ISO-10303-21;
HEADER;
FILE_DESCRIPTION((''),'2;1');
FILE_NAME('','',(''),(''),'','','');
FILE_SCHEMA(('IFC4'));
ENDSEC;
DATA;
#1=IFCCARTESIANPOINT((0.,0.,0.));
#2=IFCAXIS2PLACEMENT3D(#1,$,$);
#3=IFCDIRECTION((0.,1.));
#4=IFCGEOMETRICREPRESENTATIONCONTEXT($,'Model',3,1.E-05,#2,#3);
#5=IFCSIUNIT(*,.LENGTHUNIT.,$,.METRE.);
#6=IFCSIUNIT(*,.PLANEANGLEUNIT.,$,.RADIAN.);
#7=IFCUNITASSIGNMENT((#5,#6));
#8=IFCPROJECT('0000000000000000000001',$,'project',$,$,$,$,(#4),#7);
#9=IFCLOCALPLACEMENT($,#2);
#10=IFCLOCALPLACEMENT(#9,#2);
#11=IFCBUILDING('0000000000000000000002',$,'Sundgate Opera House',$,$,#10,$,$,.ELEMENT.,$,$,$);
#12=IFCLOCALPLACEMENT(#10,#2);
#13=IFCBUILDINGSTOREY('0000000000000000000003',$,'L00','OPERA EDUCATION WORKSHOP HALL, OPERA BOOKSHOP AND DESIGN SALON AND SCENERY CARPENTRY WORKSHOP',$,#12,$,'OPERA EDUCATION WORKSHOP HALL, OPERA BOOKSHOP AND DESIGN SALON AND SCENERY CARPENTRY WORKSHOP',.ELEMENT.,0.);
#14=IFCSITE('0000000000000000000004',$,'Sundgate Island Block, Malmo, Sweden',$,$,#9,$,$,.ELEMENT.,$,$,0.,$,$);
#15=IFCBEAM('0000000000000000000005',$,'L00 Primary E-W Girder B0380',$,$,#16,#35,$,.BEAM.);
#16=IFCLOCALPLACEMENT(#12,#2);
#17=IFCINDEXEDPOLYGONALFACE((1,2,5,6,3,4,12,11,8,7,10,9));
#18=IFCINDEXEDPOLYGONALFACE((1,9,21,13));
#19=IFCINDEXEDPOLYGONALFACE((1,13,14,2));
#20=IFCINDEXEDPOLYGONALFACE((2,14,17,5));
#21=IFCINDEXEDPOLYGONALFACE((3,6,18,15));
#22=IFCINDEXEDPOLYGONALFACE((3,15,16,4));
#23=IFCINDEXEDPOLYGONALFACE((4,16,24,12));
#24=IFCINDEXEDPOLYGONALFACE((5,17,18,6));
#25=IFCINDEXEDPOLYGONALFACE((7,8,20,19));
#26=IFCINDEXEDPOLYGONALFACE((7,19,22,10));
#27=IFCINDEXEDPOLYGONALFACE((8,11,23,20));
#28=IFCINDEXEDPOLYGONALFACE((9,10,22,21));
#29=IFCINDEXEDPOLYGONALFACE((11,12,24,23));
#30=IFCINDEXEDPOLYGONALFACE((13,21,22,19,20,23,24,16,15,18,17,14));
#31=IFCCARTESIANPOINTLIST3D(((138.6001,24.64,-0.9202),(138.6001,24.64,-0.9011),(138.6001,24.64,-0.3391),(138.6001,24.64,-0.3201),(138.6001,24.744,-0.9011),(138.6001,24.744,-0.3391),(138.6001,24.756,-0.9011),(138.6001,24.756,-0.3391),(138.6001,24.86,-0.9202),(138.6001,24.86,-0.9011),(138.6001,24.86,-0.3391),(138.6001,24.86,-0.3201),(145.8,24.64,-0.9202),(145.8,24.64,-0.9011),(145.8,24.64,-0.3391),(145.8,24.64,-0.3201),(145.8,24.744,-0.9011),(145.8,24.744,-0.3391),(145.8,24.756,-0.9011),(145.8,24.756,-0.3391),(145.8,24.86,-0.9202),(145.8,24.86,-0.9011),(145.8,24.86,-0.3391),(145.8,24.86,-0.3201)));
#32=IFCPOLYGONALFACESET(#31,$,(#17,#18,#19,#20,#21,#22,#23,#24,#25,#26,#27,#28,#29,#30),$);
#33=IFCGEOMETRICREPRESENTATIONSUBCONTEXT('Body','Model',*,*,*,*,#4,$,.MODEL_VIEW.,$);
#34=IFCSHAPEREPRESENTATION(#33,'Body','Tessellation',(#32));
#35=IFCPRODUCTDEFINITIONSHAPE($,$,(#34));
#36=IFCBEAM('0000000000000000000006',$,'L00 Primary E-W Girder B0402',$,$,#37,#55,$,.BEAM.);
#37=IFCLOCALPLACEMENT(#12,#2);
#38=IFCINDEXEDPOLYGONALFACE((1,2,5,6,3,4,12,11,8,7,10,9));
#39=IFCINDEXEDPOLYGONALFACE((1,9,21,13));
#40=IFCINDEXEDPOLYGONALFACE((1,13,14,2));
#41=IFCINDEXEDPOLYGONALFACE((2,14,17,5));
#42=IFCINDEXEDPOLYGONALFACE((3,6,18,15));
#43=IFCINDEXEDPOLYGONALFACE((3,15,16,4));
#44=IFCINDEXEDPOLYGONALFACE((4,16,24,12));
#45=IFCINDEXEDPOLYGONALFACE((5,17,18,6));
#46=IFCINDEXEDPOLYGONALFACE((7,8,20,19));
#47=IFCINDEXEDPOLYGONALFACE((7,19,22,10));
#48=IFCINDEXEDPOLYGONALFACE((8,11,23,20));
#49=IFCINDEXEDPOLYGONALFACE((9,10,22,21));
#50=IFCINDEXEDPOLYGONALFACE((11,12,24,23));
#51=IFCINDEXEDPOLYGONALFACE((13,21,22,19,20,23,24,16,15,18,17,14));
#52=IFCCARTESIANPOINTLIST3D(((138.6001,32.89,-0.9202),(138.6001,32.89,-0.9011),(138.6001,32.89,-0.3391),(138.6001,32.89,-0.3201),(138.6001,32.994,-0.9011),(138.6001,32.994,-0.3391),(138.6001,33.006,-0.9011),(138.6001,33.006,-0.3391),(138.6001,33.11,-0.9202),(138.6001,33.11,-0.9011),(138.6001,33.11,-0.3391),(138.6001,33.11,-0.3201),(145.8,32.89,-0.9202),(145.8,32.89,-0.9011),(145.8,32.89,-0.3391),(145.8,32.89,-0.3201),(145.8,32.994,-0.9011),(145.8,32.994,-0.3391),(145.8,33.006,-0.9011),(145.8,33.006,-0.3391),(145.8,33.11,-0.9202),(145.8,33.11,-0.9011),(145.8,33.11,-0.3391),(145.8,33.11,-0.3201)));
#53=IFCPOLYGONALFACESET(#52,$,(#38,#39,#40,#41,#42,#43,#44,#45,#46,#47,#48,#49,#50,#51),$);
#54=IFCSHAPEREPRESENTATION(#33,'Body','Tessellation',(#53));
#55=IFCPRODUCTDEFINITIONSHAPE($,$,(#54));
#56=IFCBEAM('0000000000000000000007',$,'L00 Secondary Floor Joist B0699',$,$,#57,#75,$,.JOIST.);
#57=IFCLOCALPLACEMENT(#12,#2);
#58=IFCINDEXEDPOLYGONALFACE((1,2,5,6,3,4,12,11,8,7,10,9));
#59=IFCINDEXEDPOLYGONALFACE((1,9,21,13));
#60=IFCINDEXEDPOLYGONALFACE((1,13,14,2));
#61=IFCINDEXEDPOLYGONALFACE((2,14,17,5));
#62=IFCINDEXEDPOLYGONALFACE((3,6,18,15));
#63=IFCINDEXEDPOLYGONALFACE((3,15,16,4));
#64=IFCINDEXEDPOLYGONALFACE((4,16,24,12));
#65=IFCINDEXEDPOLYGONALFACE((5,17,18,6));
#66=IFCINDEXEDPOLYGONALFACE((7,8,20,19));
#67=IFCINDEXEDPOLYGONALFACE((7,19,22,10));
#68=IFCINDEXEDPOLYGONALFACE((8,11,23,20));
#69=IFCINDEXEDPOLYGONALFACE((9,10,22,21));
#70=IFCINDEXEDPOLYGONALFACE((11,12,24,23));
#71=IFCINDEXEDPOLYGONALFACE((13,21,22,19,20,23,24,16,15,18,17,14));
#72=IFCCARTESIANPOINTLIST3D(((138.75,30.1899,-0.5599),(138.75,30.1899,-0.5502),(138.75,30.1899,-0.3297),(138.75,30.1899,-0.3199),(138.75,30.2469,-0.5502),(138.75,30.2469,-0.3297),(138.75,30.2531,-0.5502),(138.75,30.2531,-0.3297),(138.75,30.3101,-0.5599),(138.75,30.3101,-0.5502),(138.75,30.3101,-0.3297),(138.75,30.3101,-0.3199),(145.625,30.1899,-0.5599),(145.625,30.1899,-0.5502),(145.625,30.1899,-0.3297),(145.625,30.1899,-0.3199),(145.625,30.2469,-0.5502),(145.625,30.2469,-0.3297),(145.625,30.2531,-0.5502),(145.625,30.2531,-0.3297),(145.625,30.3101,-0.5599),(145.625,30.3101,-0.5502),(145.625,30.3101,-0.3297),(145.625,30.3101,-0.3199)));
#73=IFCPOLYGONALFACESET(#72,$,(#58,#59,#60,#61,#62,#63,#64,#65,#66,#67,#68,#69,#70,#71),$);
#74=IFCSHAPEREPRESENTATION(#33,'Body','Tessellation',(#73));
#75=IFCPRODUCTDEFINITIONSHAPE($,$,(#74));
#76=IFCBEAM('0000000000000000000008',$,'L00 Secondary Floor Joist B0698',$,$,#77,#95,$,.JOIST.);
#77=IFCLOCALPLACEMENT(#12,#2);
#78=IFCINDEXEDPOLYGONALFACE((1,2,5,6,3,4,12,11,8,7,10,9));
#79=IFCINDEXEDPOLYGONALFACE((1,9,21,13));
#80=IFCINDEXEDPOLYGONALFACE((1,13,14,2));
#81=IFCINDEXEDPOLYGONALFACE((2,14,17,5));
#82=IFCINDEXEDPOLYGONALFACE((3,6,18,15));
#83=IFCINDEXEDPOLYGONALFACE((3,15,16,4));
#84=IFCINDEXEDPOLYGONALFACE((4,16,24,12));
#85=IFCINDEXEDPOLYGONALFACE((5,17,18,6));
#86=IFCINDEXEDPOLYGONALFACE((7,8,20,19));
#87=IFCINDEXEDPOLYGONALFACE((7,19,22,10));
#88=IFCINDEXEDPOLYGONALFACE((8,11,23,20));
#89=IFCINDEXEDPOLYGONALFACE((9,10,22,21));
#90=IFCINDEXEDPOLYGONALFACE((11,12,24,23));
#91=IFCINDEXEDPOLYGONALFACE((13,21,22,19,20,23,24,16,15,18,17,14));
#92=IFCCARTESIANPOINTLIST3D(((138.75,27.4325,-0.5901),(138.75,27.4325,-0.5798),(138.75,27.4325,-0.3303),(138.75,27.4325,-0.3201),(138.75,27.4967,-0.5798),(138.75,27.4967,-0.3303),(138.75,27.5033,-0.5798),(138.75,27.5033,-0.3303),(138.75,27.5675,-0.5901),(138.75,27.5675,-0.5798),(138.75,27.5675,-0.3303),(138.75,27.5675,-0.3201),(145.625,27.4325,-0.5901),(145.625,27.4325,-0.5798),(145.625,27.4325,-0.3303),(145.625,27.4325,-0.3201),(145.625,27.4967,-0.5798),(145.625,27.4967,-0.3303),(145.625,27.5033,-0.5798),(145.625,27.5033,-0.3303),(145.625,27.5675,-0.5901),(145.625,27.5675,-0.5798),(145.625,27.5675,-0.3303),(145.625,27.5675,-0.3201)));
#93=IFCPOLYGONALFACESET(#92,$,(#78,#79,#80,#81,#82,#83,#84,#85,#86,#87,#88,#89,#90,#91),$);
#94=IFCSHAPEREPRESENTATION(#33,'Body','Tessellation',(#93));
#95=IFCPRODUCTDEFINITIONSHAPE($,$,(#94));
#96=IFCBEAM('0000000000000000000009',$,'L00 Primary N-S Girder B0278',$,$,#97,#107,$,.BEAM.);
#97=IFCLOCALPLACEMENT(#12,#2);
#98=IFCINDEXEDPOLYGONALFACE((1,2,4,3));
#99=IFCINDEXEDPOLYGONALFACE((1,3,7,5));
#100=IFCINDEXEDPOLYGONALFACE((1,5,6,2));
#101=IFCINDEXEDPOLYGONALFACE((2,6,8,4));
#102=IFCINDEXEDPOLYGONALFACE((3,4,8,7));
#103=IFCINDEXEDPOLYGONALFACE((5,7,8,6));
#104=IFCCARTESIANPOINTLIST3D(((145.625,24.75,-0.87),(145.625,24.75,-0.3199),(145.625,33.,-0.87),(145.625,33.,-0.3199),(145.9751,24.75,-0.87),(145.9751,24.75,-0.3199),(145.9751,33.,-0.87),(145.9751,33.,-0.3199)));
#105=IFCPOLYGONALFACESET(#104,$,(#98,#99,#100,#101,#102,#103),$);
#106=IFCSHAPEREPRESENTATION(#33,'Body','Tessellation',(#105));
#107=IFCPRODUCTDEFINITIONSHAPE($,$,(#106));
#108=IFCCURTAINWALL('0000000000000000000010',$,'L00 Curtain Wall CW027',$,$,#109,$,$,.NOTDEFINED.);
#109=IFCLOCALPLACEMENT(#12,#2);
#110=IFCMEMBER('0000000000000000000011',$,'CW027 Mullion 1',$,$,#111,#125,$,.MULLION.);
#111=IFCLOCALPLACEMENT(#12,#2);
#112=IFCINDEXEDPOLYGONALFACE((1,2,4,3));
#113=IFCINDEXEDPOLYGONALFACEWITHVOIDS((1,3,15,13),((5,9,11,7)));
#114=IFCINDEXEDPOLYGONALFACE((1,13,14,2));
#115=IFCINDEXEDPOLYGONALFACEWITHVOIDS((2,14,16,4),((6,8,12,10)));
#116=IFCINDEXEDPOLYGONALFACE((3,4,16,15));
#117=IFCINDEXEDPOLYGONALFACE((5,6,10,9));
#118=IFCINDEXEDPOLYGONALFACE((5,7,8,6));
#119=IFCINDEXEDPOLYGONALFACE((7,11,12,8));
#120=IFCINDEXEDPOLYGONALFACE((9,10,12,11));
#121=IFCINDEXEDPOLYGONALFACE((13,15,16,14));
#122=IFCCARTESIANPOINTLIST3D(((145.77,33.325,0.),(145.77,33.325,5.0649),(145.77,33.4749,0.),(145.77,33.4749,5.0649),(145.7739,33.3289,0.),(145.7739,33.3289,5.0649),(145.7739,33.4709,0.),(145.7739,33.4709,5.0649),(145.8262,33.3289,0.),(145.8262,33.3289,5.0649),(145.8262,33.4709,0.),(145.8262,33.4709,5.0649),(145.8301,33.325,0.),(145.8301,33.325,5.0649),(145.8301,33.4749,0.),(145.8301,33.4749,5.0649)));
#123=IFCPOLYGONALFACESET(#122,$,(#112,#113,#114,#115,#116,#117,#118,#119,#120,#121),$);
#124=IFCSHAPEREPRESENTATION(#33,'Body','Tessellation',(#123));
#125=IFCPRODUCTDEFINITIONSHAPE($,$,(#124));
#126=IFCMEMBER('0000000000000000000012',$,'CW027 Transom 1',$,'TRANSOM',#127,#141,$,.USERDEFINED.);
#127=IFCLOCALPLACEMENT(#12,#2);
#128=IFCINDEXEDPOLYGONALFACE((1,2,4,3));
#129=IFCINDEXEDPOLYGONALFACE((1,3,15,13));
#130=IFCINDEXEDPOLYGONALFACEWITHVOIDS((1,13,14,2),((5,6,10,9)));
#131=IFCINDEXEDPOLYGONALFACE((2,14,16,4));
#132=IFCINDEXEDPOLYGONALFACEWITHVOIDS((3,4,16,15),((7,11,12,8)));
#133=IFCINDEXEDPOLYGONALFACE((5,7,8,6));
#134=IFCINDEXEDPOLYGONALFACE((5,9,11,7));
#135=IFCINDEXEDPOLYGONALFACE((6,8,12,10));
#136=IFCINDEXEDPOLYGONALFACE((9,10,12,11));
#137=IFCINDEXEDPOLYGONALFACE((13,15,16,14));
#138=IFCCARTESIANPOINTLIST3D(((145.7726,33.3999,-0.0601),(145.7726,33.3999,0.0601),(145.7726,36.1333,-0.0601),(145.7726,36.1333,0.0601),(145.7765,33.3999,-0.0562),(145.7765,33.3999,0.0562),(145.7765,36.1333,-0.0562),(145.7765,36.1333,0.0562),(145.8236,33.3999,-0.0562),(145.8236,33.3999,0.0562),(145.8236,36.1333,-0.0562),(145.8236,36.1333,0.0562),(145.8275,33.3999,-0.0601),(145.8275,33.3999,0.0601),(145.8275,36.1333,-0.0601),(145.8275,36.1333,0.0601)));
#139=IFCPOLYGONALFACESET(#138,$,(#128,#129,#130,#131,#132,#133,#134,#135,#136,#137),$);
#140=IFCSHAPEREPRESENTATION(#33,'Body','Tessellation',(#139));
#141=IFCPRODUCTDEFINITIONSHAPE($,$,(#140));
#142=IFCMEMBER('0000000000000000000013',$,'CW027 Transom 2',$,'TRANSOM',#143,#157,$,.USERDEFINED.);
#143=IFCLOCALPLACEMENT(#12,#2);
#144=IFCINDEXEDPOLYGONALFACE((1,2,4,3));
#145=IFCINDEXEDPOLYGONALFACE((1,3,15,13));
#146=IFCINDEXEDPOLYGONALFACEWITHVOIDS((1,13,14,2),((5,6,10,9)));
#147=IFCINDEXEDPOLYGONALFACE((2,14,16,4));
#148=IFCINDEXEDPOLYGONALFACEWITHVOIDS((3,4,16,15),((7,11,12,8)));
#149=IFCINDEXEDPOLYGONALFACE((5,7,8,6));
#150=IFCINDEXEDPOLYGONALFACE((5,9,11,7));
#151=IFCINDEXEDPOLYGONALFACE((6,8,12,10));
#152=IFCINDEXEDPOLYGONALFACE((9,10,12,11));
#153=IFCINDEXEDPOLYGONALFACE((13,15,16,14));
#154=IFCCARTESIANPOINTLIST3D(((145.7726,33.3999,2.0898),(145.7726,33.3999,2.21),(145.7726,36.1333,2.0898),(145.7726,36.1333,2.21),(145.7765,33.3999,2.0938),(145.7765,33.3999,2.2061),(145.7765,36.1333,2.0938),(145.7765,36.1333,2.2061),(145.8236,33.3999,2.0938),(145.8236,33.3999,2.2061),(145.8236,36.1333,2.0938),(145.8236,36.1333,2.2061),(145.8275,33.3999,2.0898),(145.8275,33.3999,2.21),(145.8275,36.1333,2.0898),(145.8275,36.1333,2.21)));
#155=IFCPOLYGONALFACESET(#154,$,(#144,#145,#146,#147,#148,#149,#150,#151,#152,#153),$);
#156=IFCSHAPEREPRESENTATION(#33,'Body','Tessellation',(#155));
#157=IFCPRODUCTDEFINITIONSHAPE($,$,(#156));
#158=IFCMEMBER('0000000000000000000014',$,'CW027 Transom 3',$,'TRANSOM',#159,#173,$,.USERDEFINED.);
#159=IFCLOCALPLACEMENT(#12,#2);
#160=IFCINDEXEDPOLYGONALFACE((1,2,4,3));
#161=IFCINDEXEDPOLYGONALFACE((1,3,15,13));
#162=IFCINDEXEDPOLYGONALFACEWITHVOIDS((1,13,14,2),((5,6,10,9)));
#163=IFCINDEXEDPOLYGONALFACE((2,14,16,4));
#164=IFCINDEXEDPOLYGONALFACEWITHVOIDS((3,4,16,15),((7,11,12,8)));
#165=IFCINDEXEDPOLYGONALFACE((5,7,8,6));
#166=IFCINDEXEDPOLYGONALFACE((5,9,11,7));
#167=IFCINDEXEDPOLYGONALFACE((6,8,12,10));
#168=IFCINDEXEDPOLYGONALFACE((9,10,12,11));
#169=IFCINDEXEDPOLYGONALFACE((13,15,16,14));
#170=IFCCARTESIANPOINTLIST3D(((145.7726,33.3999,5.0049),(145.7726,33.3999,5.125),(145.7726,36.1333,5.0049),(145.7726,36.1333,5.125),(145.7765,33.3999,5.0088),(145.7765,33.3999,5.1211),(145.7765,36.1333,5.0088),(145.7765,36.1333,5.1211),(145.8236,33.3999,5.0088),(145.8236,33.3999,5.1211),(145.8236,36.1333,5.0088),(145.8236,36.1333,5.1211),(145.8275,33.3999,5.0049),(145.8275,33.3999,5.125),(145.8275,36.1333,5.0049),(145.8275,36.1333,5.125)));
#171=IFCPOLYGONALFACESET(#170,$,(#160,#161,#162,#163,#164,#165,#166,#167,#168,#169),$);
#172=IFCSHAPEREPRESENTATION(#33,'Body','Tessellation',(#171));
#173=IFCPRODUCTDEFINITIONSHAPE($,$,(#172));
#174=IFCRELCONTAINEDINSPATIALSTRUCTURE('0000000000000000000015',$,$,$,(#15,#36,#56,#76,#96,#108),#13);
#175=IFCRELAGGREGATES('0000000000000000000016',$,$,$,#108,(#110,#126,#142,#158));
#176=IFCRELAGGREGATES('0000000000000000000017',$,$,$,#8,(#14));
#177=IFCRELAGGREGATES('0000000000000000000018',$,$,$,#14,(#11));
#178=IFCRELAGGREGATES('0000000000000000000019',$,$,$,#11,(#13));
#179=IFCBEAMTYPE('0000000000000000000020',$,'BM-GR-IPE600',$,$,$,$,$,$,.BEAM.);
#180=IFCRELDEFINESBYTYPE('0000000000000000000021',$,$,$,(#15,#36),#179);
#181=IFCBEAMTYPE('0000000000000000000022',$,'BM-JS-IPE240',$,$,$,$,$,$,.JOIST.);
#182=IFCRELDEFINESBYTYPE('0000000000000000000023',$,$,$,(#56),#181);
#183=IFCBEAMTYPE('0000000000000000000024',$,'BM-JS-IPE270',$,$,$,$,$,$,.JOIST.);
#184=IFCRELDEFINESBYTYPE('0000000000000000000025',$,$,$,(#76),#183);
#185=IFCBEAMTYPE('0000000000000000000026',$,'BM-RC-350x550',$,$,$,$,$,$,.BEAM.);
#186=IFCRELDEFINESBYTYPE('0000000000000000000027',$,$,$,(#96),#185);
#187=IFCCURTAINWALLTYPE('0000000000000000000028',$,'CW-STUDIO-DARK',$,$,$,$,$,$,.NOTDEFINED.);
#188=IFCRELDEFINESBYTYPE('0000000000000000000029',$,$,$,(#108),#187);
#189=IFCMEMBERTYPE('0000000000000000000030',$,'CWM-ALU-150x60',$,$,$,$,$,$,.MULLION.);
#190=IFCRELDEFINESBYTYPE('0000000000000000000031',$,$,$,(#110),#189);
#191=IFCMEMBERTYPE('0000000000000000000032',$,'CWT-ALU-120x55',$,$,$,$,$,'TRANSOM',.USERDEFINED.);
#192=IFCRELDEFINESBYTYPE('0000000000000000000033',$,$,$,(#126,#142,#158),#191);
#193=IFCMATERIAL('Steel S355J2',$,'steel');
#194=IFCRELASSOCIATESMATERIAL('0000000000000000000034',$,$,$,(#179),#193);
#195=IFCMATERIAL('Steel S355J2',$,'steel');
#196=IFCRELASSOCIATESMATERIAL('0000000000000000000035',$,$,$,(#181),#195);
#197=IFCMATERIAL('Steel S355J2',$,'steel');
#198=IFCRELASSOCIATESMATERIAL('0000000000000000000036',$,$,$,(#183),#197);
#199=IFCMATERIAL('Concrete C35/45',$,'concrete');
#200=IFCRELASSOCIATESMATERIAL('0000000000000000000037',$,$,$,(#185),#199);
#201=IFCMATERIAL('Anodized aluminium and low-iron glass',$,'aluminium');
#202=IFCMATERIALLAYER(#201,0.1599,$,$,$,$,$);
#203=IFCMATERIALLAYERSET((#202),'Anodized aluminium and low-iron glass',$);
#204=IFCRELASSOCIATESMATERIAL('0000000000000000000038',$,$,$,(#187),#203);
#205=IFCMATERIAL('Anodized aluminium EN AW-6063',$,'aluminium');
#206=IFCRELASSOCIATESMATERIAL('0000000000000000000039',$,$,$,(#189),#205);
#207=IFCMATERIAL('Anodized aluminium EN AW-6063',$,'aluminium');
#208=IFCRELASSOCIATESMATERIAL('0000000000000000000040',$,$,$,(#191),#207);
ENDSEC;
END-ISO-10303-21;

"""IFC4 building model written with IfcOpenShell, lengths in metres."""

from ifc_helpers import new_model, si_unit, direction, frame, origin, origin_2d, place, context, subcontext, project, spatial, rectangle, hollow_rectangle, i_section, extrude, material, layer, layer_set, material_profile, profile_set, type_object, element, aggregate, save


model = new_model("IFC4")

# Units and contexts
model_context = context("Model", 3, precision=1e-05, world=origin(), true_north=direction((0.0, 1.0)))
body_context = subcontext(model_context, "Body", "Model", "MODEL_VIEW")
ifc_project = project(units=[si_unit("LENGTHUNIT", "METRE"), si_unit("PLANEANGLEUNIT", "RADIAN")], contexts=[model_context])

# Site, building, storey
site_placement = place(None, origin())
site = spatial("IfcSite", under=ifc_project, at=site_placement, Name="Sundgate Island Block, Malmo, Sweden", CompositionType="ELEMENT", RefElevation=0.0)
building_placement = place(site_placement, origin())
building = spatial("IfcBuilding", under=site, at=building_placement, Name="Sundgate Opera House", CompositionType="ELEMENT")
storey_placement = place(building_placement, origin())
storey = spatial("IfcBuildingStorey", under=building, at=storey_placement, Name="L00", Description="OPERA EDUCATION WORKSHOP HALL, OPERA BOOKSHOP AND DESIGN SALON AND SCENERY CARPENTRY WORKSHOP", LongName="OPERA EDUCATION WORKSHOP HALL, OPERA BOOKSHOP AND DESIGN SALON AND SCENERY CARPENTRY WORKSHOP", CompositionType="ELEMENT", Elevation=0.0)

# Beams
ifc_material_1 = material(Name="Steel S355J2", Category="steel")
ifc_material_profile_1 = material_profile(ifc_material_1, i_section(OverallWidth=0.22, OverallDepth=0.6001, WebThickness=0.012, FlangeThickness=0.019, at=origin_2d()), Name="IPE 600")
ifc_profile_set_1 = profile_set([ifc_material_profile_1], Name="Steel S355J2")
beam_type_1 = type_object("IfcBeamType", Name="BM-GR-IPE600", PredefinedType="BEAM", material=ifc_profile_set_1)
for number, where, z_axis, x_axis, name in (
    (1, (138.6001, 24.75, -0.6201), (1.0, 0.0, 0.0), (0.0, 1.0, 0.0), "L00 Primary E-W Girder B0380"),
    (2, (138.6001, 33.0, -0.6201), (1.0, 0.0, 0.0), (0.0, 1.0, 0.0), "L00 Primary E-W Girder B0402"),
):
    element("IfcBeam", number, at=place(storey_placement, frame(where, z_axis=z_axis, x_axis=x_axis)), inside=storey, type_object=beam_type_1, Name=name, PredefinedType="BEAM", context=body_context, shape_type="SweptSolid", body=[
        extrude(i_section(OverallWidth=0.22, OverallDepth=0.6001, WebThickness=0.012, FlangeThickness=0.019, at=origin_2d()), origin(), (0.0, 0.0, 1.0), 7.2),
    ])
ifc_material_2 = material(Name="Steel S355J2", Category="steel")
ifc_material_profile_2 = material_profile(ifc_material_2, i_section(OverallWidth=0.1201, OverallDepth=0.24, WebThickness=0.0061, FlangeThickness=0.0098, at=origin_2d()), Name="IPE 240")
ifc_profile_set_2 = profile_set([ifc_material_profile_2], Name="Steel S355J2")
beam_type_2 = type_object("IfcBeamType", Name="BM-JS-IPE240", PredefinedType="JOIST", material=ifc_profile_set_2)
beam_1_placement = place(storey_placement, frame((138.75, 30.25, -0.4399), z_axis=(1.0, 0.0, 0.0), x_axis=(0.0, 1.0, 0.0)))
element("IfcBeam", 3, at=beam_1_placement, inside=storey, type_object=beam_type_2, Name="L00 Secondary Floor Joist B0699", PredefinedType="JOIST", context=body_context, shape_type="SweptSolid", body=[
    extrude(i_section(OverallWidth=0.1201, OverallDepth=0.24, WebThickness=0.0061, FlangeThickness=0.0098, at=origin_2d()), origin(), (0.0, 0.0, 1.0), 6.875),
])
ifc_material_3 = material(Name="Steel S355J2", Category="steel")
ifc_material_profile_3 = material_profile(ifc_material_3, i_section(OverallWidth=0.135, OverallDepth=0.27, WebThickness=0.0066, FlangeThickness=0.0103, at=origin_2d()), Name="IPE 270")
ifc_profile_set_3 = profile_set([ifc_material_profile_3], Name="Steel S355J2")
beam_type_3 = type_object("IfcBeamType", Name="BM-JS-IPE270", PredefinedType="JOIST", material=ifc_profile_set_3)
beam_2_placement = place(storey_placement, frame((138.75, 27.5, -0.4551), z_axis=(1.0, 0.0, 0.0), x_axis=(0.0, 1.0, 0.0)))
element("IfcBeam", 4, at=beam_2_placement, inside=storey, type_object=beam_type_3, Name="L00 Secondary Floor Joist B0698", PredefinedType="JOIST", context=body_context, shape_type="SweptSolid", body=[
    extrude(i_section(OverallWidth=0.135, OverallDepth=0.27, WebThickness=0.0066, FlangeThickness=0.0103, at=origin_2d()), origin(), (0.0, 0.0, 1.0), 6.875),
])
ifc_material_4 = material(Name="Concrete C35/45", Category="concrete")
ifc_material_profile_4 = material_profile(ifc_material_4, rectangle(XDim=0.3501, YDim=0.55, at=origin_2d()), Name="RC 350x550")
ifc_profile_set_4 = profile_set([ifc_material_profile_4], Name="Concrete C35/45")
beam_type_4 = type_object("IfcBeamType", Name="BM-RC-350x550", PredefinedType="BEAM", material=ifc_profile_set_4)
beam_3_placement = place(storey_placement, frame((145.8, 24.75, -0.595), z_axis=(0.0, 1.0, 0.0), x_axis=(-1.0, 0.0, 0.0)))
element("IfcBeam", 5, at=beam_3_placement, inside=storey, type_object=beam_type_4, Name="L00 Primary N-S Girder B0278", PredefinedType="BEAM", context=body_context, shape_type="SweptSolid", body=[
    extrude(rectangle(XDim=0.3501, YDim=0.55, at=origin_2d()), origin(), (0.0, 0.0, 1.0), 8.25),
])

# Curtain wall, members
ifc_material_5 = material(Name="Anodized aluminium and low-iron glass", Category="aluminium")
ifc_layer_1 = layer(ifc_material_5, 0.1599)
ifc_layer_set_1 = layer_set([ifc_layer_1], Name="Anodized aluminium and low-iron glass")
curtain_wall_type = type_object("IfcCurtainWallType", Name="CW-STUDIO-DARK", PredefinedType="NOTDEFINED", material=ifc_layer_set_1)
curtain_wall_placement = place(storey_placement, origin())
curtain_wall = element("IfcCurtainWall", 6, at=curtain_wall_placement, inside=storey, type_object=curtain_wall_type, Name="L00 Curtain Wall CW027", PredefinedType="NOTDEFINED")
ifc_material_6 = material(Name="Anodized aluminium EN AW-6063", Category="aluminium")
ifc_material_profile_5 = material_profile(ifc_material_6, hollow_rectangle(XDim=0.0601, YDim=0.1499, WallThickness=0.0039, at=origin_2d()), Name="CWM 150x60x4")
ifc_profile_set_5 = profile_set([ifc_material_profile_5], Name="Anodized aluminium EN AW-6063")
member_type_1 = type_object("IfcMemberType", Name="CWM-ALU-150x60", PredefinedType="MULLION", material=ifc_profile_set_5)
member_1_placement = place(storey_placement, frame((145.8, 33.3999, 0.0), z_axis=(0.0, 0.0, 1.0), x_axis=(1.0, 0.0, 0.0)))
member_1 = element("IfcMember", 7, at=member_1_placement, type_object=member_type_1, Name="CW027 Mullion 1", PredefinedType="MULLION", context=body_context, shape_type="SweptSolid", body=[
    extrude(hollow_rectangle(XDim=0.0601, YDim=0.1499, WallThickness=0.0039, at=origin_2d()), origin(), (0.0, 0.0, 1.0), 5.0649),
])
ifc_material_7 = material(Name="Anodized aluminium EN AW-6063", Category="aluminium")
ifc_material_profile_6 = material_profile(ifc_material_7, hollow_rectangle(XDim=0.0549, YDim=0.1201, WallThickness=0.0039, at=origin_2d()), Name="CWT 120x55x4")
ifc_profile_set_6 = profile_set([ifc_material_profile_6], Name="Anodized aluminium EN AW-6063")
member_type_2 = type_object("IfcMemberType", Name="CWT-ALU-120x55", ElementType="TRANSOM", PredefinedType="USERDEFINED", material=ifc_profile_set_6)
member_2_placement = place(storey_placement, frame((145.8, 33.3999, 0.0), z_axis=(0.0, 1.0, 0.0), x_axis=(-1.0, 0.0, 0.0)))
member_2 = element("IfcMember", 8, at=member_2_placement, type_object=member_type_2, Name="CW027 Transom 1", ObjectType="TRANSOM", PredefinedType="USERDEFINED", context=body_context, shape_type="SweptSolid", body=[
    extrude(hollow_rectangle(XDim=0.0549, YDim=0.1201, WallThickness=0.0039, at=origin_2d()), origin(), (0.0, 0.0, 1.0), 2.7334),
])
member_3_placement = place(storey_placement, frame((145.8, 33.3999, 2.1499), z_axis=(0.0, 1.0, 0.0), x_axis=(-1.0, 0.0, 0.0)))
member_3 = element("IfcMember", 9, at=member_3_placement, type_object=member_type_2, Name="CW027 Transom 2", ObjectType="TRANSOM", PredefinedType="USERDEFINED", context=body_context, shape_type="SweptSolid", body=[
    extrude(hollow_rectangle(XDim=0.0549, YDim=0.1201, WallThickness=0.0039, at=origin_2d()), origin(), (0.0, 0.0, 1.0), 2.7334),
])
member_4_placement = place(storey_placement, frame((145.8, 33.3999, 5.0649), z_axis=(0.0, 1.0, 0.0), x_axis=(-1.0, 0.0, 0.0)))
member_4 = element("IfcMember", 10, at=member_4_placement, type_object=member_type_2, Name="CW027 Transom 3", ObjectType="TRANSOM", PredefinedType="USERDEFINED", context=body_context, shape_type="SweptSolid", body=[
    extrude(hollow_rectangle(XDim=0.0549, YDim=0.1201, WallThickness=0.0039, at=origin_2d()), origin(), (0.0, 0.0, 1.0), 2.7334),
])
aggregate(curtain_wall, [member_1, member_2, member_3, member_4])

save(model, "model.ifc")
